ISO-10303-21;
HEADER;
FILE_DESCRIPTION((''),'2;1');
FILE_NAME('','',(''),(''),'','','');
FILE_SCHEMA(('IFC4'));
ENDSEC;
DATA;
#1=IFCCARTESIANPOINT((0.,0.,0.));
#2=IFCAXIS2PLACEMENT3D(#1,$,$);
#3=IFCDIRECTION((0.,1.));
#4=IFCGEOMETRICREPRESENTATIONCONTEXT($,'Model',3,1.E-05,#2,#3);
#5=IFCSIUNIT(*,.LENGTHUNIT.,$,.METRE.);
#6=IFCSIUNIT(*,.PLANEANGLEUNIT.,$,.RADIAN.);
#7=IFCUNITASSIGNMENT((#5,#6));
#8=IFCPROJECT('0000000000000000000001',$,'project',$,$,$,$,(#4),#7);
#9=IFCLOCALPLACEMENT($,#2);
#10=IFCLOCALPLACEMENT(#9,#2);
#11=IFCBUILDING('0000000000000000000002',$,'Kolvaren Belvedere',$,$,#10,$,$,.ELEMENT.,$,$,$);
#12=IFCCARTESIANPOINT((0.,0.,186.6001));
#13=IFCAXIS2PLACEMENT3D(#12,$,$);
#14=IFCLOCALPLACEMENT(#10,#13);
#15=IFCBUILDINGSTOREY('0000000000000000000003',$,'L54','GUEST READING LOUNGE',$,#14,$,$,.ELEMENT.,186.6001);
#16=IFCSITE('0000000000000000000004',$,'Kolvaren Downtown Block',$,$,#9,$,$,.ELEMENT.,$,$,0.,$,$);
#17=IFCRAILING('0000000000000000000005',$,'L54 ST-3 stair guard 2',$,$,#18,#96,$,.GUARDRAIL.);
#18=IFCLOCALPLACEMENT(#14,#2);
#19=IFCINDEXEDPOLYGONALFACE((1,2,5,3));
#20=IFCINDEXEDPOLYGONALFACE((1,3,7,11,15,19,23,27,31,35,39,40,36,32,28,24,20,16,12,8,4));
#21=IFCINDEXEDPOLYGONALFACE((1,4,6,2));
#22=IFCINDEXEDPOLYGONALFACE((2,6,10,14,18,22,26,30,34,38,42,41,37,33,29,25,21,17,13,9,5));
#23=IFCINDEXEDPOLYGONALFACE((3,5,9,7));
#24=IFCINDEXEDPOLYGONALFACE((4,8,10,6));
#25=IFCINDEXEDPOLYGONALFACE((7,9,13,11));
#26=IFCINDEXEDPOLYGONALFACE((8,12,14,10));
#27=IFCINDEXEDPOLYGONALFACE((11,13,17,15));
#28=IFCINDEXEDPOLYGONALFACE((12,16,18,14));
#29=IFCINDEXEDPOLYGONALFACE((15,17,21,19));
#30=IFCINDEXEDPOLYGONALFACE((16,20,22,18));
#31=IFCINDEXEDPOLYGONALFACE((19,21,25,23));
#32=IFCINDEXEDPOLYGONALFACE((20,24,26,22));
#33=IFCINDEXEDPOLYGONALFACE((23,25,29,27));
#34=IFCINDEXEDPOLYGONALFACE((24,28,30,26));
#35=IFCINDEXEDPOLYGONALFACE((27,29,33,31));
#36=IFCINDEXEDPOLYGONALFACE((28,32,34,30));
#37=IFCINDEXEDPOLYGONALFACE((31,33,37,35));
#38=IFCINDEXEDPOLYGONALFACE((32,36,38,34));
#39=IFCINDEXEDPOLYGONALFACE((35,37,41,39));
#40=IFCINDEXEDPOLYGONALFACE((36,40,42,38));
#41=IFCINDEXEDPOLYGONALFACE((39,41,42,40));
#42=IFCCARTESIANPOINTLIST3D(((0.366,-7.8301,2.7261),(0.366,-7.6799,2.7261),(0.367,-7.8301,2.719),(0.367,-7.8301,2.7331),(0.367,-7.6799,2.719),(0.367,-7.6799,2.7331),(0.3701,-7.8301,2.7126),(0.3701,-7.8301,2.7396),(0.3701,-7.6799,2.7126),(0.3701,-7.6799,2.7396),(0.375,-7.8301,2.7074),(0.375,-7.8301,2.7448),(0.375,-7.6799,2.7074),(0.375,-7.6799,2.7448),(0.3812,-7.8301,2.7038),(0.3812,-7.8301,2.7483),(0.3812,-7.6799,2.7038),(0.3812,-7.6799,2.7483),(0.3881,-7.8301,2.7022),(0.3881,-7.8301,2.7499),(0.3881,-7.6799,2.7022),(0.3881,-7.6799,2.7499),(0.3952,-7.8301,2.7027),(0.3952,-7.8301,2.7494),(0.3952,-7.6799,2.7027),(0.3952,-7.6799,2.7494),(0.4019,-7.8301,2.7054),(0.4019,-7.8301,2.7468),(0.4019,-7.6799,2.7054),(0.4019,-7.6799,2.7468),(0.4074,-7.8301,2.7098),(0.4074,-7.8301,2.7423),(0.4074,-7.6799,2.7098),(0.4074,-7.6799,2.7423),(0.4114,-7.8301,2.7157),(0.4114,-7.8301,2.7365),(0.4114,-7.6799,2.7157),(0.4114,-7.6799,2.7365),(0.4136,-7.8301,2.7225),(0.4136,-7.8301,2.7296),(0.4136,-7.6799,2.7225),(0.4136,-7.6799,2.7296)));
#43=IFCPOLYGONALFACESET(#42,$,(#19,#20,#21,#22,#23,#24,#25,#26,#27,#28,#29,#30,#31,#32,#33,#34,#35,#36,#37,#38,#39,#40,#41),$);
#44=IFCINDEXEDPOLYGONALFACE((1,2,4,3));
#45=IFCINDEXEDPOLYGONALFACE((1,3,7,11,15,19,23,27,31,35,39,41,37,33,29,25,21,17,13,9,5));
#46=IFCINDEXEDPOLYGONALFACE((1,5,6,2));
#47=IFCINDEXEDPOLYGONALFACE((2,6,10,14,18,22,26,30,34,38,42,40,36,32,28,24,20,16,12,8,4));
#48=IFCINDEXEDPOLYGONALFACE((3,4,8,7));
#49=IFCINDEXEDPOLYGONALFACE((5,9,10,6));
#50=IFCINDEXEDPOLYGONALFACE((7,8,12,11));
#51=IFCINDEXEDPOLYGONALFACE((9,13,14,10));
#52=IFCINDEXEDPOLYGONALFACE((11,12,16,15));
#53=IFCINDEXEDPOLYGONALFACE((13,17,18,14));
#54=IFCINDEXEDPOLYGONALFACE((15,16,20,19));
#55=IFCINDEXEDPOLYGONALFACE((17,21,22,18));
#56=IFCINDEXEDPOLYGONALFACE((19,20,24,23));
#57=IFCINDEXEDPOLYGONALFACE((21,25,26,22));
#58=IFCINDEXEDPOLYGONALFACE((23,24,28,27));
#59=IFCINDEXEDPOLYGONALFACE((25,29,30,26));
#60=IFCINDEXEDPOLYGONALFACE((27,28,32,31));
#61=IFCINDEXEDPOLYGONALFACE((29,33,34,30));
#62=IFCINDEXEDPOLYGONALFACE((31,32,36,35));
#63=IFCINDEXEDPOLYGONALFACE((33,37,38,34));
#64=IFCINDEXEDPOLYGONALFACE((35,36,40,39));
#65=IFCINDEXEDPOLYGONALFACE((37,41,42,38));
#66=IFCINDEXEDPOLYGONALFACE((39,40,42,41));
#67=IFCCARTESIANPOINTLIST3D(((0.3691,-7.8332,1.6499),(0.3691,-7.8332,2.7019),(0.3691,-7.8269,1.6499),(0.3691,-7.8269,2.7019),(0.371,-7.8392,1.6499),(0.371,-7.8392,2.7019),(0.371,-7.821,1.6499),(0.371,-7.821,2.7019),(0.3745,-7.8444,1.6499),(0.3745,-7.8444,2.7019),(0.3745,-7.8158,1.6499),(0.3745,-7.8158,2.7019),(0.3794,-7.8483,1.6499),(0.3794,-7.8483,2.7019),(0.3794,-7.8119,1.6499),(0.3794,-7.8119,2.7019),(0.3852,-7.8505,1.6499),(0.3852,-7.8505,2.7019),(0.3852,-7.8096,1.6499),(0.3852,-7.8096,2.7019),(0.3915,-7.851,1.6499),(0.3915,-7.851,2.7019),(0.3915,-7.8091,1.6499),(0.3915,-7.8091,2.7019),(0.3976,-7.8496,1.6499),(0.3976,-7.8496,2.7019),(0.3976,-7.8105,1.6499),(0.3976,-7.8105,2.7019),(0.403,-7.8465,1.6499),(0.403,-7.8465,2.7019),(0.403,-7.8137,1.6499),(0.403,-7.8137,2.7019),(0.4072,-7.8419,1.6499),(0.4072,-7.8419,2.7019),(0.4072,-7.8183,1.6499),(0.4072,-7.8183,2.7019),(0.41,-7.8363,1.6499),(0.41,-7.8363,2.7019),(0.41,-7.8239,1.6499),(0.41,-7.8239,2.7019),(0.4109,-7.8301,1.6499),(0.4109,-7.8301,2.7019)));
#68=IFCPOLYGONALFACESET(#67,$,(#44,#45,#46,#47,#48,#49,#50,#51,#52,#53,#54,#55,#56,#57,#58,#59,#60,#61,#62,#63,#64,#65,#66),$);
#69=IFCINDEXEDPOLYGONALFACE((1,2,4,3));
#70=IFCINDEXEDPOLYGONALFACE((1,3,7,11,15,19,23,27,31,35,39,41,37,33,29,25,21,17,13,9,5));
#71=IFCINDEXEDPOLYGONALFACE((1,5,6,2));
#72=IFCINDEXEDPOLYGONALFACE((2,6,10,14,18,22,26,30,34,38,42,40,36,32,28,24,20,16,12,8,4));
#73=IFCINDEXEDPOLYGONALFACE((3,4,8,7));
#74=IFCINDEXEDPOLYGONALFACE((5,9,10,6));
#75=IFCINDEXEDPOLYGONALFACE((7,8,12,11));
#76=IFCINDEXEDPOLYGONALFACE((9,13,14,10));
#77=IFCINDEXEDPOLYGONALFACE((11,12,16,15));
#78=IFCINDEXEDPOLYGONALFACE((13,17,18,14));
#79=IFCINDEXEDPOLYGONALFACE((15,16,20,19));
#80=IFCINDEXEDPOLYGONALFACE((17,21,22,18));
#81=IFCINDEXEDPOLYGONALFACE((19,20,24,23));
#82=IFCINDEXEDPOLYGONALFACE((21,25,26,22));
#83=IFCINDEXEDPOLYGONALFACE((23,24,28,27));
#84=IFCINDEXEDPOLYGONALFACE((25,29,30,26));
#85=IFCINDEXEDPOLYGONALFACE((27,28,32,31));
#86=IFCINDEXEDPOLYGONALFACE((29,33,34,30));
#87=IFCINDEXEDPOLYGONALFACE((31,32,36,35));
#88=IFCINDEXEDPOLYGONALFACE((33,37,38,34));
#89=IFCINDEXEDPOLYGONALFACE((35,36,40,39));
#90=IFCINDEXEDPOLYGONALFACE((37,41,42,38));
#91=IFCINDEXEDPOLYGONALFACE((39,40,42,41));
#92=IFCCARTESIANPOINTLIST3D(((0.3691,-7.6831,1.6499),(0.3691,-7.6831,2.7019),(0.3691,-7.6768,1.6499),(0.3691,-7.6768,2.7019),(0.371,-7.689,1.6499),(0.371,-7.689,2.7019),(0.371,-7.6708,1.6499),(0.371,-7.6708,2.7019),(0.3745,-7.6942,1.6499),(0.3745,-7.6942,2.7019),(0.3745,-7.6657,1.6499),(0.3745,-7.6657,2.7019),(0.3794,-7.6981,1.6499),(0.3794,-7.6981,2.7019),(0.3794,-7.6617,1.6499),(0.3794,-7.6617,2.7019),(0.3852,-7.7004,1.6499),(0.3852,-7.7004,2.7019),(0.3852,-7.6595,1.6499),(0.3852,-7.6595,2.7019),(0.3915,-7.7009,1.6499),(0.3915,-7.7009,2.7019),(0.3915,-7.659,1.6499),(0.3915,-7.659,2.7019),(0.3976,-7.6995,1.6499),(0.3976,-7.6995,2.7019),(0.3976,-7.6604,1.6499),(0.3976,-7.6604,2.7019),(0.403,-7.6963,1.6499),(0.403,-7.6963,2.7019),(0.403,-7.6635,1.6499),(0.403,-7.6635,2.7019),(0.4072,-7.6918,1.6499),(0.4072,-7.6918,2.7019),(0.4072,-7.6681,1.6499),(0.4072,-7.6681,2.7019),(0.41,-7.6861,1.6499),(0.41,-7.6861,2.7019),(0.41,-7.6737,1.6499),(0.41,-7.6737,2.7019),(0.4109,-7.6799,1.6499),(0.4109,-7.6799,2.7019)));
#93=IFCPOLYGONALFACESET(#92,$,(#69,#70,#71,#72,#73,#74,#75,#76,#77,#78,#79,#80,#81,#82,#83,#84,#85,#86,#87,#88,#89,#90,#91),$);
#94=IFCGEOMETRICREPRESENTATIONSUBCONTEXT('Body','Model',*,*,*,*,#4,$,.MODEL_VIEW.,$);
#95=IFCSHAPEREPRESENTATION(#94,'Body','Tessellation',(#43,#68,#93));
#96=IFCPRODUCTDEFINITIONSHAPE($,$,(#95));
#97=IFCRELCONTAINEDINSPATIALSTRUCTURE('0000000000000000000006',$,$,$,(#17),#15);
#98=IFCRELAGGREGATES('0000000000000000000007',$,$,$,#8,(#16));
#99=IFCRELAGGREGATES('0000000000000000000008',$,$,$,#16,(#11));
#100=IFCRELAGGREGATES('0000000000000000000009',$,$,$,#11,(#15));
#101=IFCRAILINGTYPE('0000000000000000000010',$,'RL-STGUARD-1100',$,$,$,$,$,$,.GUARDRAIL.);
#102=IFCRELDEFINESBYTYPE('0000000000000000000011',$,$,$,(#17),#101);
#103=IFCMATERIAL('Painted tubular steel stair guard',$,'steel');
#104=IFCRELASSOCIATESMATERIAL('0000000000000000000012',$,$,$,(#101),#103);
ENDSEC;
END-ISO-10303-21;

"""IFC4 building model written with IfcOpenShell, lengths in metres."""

from ifc_helpers import new_model, si_unit, direction, frame, origin, origin_2d, place, context, subcontext, project, spatial, circle, extrude, material, type_object, element, save


model = new_model("IFC4")

# Units and contexts
model_context = context("Model", 3, precision=1e-05, world=origin(), true_north=direction((0.0, 1.0)))
body_context = subcontext(model_context, "Body", "Model", "MODEL_VIEW")
ifc_project = project(units=[si_unit("LENGTHUNIT", "METRE"), si_unit("PLANEANGLEUNIT", "RADIAN")], contexts=[model_context])

# Site, building, storey
site_placement = place(None, origin())
site = spatial("IfcSite", under=ifc_project, at=site_placement, Name="Kolvaren Downtown Block", CompositionType="ELEMENT", RefElevation=0.0)
building_placement = place(site_placement, origin())
building = spatial("IfcBuilding", under=site, at=building_placement, Name="Kolvaren Belvedere", CompositionType="ELEMENT")
storey_placement = place(building_placement, frame((0.0, 0.0, 186.6001)))
storey = spatial("IfcBuildingStorey", under=building, at=storey_placement, Name="L54", Description="GUEST READING LOUNGE", CompositionType="ELEMENT", Elevation=186.6001)

# Railing
ifc_material_1 = material(Name="Painted tubular steel stair guard", Category="steel")
railing_type_1 = type_object("IfcRailingType", Name="RL-STGUARD-1100", PredefinedType="GUARDRAIL", material=ifc_material_1)
railing_1_placement = place(storey_placement, frame((0.3899, -7.8301, 1.6499)))
element("IfcRailing", 1, at=railing_1_placement, inside=storey, type_object=railing_type_1, Name="L54 ST-3 stair guard 2", PredefinedType="GUARDRAIL", context=body_context, shape_type="SweptSolid", body=[
    extrude(circle(Radius=0.0239, at=origin_2d()), frame((0.0, 0.0, 1.0762), z_axis=(0.0, 1.0, 0.0), x_axis=(-1.0, 0.0, 0.0)), (0.0, 0.0, 1.0), 0.1501),
    extrude(circle(Radius=0.021, at=origin_2d()), origin(), (0.0, 0.0, 1.0), 1.052),
    extrude(circle(Radius=0.021, at=origin_2d()), frame((0.0, 0.1501, 0.0)), (0.0, 0.0, 1.0), 1.052),
])

save(model, "model.ifc")
